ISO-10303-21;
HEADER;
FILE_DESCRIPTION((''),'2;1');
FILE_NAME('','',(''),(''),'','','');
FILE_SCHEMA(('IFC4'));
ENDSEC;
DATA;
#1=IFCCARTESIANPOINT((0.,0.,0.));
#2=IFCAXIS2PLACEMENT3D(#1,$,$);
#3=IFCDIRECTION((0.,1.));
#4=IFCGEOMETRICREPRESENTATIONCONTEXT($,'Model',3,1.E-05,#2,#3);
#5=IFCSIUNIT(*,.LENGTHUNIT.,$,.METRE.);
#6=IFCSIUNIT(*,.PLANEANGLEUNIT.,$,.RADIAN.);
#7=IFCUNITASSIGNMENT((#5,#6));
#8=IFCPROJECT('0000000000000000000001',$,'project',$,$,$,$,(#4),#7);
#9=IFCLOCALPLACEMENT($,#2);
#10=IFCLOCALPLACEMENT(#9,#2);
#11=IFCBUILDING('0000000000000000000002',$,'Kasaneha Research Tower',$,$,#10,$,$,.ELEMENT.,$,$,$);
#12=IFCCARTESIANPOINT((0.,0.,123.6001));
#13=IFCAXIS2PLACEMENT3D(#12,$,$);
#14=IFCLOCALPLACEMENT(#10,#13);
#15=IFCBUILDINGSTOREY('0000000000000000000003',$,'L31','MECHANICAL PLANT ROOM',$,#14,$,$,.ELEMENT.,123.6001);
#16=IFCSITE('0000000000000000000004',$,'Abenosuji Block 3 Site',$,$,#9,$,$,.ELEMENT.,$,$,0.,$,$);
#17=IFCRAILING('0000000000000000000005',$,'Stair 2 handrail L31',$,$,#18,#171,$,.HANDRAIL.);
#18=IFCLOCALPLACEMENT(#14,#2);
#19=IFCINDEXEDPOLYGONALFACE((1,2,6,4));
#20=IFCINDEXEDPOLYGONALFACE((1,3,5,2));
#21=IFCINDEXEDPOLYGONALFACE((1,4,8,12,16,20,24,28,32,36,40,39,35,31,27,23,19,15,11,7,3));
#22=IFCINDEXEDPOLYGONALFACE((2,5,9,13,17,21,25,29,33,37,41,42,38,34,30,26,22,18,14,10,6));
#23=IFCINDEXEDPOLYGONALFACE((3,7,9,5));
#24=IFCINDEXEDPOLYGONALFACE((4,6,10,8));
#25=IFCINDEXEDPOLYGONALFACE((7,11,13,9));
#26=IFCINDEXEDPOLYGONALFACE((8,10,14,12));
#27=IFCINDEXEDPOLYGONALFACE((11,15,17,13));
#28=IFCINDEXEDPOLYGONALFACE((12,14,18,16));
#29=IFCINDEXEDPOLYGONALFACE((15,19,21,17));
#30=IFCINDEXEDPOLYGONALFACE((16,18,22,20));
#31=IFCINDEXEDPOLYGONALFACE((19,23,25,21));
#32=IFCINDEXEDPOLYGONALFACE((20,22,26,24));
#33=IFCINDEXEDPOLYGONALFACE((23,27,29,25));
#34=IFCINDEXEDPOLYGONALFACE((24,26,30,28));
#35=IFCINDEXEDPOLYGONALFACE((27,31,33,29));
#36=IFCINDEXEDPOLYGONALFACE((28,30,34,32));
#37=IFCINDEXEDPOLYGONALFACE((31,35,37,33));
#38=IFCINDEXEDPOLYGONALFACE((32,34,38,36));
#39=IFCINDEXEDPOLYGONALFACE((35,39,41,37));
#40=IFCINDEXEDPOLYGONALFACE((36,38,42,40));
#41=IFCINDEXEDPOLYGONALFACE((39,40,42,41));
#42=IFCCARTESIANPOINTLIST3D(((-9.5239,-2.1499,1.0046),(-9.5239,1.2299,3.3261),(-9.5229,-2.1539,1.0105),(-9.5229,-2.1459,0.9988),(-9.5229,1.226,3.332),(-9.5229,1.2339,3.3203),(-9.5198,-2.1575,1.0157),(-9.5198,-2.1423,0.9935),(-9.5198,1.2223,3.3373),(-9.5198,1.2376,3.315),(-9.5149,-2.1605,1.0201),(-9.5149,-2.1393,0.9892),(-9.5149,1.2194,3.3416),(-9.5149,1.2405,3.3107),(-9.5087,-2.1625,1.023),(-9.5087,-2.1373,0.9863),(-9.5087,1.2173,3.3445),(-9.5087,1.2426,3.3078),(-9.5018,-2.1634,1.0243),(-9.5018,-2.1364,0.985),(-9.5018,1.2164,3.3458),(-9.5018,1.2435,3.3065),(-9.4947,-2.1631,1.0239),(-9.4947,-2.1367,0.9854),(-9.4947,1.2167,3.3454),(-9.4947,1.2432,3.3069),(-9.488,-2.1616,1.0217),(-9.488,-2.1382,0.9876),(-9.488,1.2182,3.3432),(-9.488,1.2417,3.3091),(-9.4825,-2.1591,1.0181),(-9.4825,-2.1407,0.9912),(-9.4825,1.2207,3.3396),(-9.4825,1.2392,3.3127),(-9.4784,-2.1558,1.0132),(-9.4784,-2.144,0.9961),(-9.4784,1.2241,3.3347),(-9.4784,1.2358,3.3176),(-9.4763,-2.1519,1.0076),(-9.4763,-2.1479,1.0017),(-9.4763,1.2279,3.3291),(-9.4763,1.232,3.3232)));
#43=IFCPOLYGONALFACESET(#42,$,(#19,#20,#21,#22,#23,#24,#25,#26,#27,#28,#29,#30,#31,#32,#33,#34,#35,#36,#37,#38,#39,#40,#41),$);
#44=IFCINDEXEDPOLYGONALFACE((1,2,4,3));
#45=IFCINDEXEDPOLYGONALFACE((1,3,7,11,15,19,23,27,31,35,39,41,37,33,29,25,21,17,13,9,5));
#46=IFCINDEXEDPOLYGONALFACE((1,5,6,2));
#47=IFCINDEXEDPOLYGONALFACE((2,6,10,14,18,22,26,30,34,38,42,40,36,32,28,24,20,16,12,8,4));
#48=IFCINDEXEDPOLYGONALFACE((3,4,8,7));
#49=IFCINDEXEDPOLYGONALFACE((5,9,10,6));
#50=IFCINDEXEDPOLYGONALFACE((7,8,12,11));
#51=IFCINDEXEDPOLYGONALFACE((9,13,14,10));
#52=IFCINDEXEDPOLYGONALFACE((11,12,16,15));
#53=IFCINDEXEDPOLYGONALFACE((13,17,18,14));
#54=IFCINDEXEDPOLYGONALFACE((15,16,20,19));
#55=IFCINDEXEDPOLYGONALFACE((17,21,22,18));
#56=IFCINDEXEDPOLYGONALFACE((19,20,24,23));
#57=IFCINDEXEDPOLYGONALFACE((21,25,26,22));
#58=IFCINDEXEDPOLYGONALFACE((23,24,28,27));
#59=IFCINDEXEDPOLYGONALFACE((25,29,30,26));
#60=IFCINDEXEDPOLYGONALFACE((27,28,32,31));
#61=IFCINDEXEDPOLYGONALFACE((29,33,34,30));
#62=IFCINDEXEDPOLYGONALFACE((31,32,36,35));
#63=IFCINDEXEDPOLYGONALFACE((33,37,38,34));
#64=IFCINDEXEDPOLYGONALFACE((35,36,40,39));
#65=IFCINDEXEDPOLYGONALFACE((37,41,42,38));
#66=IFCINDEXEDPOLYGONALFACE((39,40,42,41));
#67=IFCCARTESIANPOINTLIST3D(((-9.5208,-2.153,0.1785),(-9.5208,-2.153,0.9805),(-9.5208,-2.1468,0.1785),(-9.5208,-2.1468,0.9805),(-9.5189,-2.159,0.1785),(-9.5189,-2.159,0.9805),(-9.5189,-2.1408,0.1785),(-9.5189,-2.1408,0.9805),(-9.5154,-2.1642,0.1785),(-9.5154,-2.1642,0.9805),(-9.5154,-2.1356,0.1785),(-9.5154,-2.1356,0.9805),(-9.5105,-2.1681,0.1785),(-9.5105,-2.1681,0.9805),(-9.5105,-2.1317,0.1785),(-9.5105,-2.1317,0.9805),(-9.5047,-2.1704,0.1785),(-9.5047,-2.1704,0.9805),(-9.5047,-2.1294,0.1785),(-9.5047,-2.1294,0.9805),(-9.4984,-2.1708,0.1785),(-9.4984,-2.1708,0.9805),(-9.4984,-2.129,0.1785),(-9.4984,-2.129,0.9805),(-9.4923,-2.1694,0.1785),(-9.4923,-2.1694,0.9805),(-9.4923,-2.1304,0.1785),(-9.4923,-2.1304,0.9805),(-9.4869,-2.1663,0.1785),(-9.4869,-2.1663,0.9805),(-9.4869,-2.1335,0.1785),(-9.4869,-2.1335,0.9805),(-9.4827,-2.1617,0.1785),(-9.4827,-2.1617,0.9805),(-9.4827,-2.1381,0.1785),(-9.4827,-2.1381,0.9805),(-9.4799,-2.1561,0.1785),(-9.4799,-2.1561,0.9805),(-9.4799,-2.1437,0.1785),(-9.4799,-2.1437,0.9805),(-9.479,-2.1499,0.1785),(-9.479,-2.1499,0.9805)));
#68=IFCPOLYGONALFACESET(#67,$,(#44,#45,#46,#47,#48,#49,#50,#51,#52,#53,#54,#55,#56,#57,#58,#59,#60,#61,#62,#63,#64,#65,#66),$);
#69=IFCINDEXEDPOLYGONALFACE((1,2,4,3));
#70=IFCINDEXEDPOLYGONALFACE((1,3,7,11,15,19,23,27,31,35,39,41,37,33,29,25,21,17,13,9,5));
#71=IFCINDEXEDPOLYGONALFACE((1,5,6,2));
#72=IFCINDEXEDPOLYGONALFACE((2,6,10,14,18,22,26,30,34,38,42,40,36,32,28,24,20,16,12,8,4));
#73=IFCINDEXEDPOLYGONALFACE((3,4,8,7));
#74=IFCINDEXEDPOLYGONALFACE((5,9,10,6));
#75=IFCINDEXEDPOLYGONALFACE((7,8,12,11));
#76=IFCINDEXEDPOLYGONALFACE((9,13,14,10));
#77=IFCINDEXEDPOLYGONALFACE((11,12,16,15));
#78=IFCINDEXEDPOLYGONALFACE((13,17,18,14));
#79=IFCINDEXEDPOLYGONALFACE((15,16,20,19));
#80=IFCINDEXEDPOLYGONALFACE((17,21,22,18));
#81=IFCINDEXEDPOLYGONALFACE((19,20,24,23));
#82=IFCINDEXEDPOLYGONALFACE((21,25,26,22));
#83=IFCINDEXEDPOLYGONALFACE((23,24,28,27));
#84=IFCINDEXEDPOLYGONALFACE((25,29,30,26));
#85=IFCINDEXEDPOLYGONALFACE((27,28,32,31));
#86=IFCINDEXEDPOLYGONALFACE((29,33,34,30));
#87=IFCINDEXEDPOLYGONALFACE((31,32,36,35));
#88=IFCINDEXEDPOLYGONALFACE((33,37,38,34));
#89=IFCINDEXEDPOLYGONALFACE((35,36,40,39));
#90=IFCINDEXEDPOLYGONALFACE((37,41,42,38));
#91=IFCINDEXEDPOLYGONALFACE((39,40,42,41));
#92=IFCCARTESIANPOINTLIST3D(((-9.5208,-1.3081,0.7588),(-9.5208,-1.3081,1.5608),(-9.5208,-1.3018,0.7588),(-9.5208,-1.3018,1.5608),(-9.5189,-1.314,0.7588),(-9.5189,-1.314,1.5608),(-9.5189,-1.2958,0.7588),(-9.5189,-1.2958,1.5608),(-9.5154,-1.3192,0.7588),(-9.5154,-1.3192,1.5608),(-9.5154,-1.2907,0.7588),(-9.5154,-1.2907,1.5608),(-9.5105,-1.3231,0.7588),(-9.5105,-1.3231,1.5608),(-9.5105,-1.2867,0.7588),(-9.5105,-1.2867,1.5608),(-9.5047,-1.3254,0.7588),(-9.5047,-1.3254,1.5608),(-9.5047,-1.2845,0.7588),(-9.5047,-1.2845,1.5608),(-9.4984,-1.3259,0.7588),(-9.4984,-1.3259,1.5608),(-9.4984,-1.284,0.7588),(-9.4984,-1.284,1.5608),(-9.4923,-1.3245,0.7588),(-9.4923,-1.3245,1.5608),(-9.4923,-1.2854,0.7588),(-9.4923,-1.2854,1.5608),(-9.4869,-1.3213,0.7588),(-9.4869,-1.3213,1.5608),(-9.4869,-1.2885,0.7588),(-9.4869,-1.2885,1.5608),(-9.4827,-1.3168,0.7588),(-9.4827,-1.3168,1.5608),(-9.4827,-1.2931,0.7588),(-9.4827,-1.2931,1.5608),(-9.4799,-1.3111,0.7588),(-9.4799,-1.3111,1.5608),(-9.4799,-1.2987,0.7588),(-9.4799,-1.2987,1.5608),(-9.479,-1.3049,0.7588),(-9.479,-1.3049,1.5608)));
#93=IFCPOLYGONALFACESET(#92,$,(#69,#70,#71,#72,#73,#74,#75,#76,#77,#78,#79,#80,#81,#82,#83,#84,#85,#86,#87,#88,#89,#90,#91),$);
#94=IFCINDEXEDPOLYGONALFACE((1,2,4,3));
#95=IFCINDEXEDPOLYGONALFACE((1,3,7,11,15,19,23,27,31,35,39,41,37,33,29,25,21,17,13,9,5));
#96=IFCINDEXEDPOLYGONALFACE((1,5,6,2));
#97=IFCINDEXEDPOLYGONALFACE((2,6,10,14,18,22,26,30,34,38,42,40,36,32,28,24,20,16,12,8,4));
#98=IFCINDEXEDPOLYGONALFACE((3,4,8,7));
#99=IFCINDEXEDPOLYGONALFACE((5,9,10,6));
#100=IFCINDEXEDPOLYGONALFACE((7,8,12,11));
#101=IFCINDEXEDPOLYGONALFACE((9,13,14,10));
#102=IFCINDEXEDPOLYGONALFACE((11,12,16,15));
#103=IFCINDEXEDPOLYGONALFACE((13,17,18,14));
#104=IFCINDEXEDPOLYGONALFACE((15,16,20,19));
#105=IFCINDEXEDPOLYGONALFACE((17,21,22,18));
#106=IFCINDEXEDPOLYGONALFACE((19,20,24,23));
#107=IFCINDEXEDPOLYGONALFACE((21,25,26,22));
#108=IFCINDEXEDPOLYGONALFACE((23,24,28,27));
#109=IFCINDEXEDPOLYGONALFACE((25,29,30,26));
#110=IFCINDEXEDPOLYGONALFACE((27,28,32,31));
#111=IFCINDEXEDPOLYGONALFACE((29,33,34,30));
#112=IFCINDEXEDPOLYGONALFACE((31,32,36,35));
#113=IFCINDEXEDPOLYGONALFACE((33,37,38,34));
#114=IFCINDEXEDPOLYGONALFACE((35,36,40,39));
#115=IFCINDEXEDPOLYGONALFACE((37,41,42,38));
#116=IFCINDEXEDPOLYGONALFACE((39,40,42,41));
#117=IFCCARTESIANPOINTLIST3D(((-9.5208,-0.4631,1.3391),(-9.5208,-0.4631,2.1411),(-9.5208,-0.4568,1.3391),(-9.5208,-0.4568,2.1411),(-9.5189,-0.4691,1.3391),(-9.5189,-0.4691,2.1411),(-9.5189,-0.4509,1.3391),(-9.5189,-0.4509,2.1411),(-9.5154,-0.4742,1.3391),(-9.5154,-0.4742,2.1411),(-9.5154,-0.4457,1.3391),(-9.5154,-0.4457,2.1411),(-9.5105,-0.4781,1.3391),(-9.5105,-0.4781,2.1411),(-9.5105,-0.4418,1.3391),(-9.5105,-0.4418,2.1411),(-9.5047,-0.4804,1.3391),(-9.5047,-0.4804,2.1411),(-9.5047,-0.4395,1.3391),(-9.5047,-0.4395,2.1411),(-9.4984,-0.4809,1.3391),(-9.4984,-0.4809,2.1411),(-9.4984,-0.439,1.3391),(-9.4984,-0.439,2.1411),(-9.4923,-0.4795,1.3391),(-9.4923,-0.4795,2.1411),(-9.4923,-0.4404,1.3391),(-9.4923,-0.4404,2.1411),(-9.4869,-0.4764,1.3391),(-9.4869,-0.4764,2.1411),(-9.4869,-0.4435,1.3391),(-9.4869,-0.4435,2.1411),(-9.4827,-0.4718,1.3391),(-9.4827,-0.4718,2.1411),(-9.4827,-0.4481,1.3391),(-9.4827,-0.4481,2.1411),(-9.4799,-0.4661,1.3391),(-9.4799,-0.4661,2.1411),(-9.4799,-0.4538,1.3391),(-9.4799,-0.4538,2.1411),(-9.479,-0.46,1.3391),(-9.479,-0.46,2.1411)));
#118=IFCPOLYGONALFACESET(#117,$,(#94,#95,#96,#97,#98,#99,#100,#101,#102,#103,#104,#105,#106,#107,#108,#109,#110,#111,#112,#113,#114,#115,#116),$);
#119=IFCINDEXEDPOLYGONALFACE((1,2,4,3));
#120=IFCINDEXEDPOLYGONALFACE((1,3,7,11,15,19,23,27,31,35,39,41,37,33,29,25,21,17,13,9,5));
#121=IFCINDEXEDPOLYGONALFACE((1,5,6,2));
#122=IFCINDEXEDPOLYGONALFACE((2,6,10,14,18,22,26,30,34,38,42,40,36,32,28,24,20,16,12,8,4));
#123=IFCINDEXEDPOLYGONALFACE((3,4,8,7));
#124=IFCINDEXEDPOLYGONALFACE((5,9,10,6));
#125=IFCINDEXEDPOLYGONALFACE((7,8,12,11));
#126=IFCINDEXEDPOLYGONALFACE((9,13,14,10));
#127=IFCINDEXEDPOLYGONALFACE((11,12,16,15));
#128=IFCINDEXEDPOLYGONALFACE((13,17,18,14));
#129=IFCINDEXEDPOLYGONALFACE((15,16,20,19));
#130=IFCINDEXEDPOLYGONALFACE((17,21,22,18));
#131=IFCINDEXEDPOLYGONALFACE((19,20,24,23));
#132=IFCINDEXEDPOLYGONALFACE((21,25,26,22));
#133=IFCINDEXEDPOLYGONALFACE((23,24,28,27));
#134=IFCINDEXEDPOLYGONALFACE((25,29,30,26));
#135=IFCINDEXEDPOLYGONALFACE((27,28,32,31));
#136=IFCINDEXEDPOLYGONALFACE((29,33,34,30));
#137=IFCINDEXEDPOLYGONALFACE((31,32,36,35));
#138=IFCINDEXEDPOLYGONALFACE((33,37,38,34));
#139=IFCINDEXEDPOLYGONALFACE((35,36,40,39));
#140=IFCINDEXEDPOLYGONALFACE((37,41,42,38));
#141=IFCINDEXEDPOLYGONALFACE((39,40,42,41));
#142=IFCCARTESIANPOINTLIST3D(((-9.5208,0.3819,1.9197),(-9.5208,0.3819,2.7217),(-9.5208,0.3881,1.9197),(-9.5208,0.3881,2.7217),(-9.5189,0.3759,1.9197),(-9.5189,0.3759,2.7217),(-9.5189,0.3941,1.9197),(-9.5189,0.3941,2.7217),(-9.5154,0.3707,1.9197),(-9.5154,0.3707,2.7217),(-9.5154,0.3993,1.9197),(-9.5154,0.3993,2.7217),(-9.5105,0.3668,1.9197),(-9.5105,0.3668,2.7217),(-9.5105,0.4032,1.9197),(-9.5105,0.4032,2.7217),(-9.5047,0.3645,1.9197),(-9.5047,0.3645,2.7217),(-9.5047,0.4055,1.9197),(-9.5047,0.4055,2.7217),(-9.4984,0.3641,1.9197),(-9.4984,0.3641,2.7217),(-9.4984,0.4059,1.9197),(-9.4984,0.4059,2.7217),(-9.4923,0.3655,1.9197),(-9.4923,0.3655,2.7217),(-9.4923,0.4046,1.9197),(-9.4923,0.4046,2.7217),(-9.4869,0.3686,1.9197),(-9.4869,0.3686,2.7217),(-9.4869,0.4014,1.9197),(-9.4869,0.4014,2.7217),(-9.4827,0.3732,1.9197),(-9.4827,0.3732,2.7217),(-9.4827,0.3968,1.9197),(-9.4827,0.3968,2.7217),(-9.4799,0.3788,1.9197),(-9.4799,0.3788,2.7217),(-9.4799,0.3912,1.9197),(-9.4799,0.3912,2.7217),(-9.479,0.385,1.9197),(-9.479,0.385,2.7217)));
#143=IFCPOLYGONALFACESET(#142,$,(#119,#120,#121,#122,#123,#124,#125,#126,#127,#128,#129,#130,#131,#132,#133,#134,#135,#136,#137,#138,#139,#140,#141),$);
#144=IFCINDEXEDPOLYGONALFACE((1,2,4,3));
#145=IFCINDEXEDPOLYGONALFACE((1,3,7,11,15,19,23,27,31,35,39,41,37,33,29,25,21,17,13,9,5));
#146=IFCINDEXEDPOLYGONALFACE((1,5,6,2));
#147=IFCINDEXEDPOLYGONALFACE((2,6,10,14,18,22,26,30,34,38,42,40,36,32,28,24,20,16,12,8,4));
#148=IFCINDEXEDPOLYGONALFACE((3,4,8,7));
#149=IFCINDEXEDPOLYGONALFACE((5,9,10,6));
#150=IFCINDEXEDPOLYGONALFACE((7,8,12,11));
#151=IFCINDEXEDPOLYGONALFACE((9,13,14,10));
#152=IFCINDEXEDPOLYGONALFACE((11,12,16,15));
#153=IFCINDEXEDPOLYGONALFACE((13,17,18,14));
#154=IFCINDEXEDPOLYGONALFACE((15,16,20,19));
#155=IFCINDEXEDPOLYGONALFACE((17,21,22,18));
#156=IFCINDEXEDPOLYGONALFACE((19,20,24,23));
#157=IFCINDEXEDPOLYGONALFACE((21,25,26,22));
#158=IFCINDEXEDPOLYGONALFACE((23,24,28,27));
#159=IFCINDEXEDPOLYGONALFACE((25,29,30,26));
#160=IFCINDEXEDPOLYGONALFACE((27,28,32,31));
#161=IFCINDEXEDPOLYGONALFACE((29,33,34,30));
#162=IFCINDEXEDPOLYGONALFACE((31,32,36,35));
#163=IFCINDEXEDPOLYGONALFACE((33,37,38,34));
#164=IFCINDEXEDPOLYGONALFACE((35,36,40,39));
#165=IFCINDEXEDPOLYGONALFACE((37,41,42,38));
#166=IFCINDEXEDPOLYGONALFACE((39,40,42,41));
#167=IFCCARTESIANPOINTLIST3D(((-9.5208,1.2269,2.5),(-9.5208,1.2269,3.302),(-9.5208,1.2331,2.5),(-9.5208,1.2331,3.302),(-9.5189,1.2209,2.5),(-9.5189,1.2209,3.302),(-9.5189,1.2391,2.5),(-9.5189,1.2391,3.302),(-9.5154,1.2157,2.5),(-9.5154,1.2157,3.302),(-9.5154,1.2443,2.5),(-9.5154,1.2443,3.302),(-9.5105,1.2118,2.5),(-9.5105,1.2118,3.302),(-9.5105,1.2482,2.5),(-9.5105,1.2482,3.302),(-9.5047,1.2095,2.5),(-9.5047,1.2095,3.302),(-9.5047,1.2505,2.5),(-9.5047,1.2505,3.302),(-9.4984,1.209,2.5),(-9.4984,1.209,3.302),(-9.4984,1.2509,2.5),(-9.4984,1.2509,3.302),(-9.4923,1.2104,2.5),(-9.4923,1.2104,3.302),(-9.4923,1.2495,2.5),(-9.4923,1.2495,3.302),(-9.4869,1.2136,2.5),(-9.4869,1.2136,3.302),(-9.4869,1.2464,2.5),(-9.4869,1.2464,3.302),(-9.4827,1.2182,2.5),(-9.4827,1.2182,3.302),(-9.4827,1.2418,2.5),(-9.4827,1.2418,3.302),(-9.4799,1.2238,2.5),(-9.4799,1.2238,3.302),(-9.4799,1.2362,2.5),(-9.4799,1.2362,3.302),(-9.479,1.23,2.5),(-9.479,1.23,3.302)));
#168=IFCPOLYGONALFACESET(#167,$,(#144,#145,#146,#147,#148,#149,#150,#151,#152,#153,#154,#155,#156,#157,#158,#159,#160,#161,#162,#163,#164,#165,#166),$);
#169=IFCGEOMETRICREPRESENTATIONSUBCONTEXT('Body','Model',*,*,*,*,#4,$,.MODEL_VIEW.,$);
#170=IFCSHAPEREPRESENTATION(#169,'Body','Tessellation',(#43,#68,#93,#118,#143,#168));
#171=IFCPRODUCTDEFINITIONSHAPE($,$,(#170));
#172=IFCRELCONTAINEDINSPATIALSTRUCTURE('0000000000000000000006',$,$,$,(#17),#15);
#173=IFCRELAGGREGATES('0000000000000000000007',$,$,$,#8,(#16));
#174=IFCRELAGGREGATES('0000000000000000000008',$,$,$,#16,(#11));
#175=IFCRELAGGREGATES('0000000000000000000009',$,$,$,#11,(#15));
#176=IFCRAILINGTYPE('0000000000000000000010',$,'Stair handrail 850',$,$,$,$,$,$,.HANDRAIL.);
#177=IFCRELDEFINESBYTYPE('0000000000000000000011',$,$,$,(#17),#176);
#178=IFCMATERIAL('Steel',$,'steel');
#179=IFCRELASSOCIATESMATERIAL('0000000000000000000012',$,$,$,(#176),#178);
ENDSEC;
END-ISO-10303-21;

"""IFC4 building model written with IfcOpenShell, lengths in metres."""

from ifc_helpers import new_model, si_unit, direction, frame, origin, origin_2d, place, context, subcontext, project, spatial, circle, extrude, material, type_object, element, save


model = new_model("IFC4")

# Units and contexts
model_context = context("Model", 3, precision=1e-05, world=origin(), true_north=direction((0.0, 1.0)))
body_context = subcontext(model_context, "Body", "Model", "MODEL_VIEW")
ifc_project = project(units=[si_unit("LENGTHUNIT", "METRE"), si_unit("PLANEANGLEUNIT", "RADIAN")], contexts=[model_context])

# Site, building, storey
site_placement = place(None, origin())
site = spatial("IfcSite", under=ifc_project, at=site_placement, Name="Abenosuji Block 3 Site", CompositionType="ELEMENT", RefElevation=0.0)
building_placement = place(site_placement, origin())
building = spatial("IfcBuilding", under=site, at=building_placement, Name="Kasaneha Research Tower", CompositionType="ELEMENT")
storey_placement = place(building_placement, frame((0.0, 0.0, 123.6001)))
storey = spatial("IfcBuildingStorey", under=building, at=storey_placement, Name="L31", Description="MECHANICAL PLANT ROOM", CompositionType="ELEMENT", Elevation=123.6001)

# Railing
ifc_material_1 = material(Name="Steel", Category="steel")
railing_type = type_object("IfcRailingType", Name="Stair handrail 850", PredefinedType="HANDRAIL", material=ifc_material_1)
railing_placement = place(storey_placement, frame((-9.5, -2.1499, 0.1785)))
element("IfcRailing", 1, at=railing_placement, inside=storey, type_object=railing_type, Name="Stair 2 handrail L31", PredefinedType="HANDRAIL", context=body_context, shape_type="SweptSolid", body=[
    extrude(circle(Radius=0.0239, at=origin_2d()), frame((0.0, 0.0, 0.8262), z_axis=(0.0, 0.824285, 0.566175), x_axis=(-1.0, 0.0, 0.0)), (0.0, 0.0, 1.0), 4.1003),
    extrude(circle(Radius=0.021, at=origin_2d()), origin(), (0.0, 0.0, 1.0), 0.802),
    extrude(circle(Radius=0.021, at=origin_2d()), frame((0.0, 0.845, 0.5803)), (0.0, 0.0, 1.0), 0.802),
    extrude(circle(Radius=0.021, at=origin_2d()), frame((0.0, 1.6899, 1.1606)), (0.0, 0.0, 1.0), 0.802),
    extrude(circle(Radius=0.021, at=origin_2d()), frame((0.0, 2.5349, 1.7412)), (0.0, 0.0, 1.0), 0.802),
    extrude(circle(Radius=0.021, at=origin_2d()), frame((0.0, 3.3799, 2.3215)), (0.0, 0.0, 1.0), 0.802),
])

save(model, "model.ifc")
